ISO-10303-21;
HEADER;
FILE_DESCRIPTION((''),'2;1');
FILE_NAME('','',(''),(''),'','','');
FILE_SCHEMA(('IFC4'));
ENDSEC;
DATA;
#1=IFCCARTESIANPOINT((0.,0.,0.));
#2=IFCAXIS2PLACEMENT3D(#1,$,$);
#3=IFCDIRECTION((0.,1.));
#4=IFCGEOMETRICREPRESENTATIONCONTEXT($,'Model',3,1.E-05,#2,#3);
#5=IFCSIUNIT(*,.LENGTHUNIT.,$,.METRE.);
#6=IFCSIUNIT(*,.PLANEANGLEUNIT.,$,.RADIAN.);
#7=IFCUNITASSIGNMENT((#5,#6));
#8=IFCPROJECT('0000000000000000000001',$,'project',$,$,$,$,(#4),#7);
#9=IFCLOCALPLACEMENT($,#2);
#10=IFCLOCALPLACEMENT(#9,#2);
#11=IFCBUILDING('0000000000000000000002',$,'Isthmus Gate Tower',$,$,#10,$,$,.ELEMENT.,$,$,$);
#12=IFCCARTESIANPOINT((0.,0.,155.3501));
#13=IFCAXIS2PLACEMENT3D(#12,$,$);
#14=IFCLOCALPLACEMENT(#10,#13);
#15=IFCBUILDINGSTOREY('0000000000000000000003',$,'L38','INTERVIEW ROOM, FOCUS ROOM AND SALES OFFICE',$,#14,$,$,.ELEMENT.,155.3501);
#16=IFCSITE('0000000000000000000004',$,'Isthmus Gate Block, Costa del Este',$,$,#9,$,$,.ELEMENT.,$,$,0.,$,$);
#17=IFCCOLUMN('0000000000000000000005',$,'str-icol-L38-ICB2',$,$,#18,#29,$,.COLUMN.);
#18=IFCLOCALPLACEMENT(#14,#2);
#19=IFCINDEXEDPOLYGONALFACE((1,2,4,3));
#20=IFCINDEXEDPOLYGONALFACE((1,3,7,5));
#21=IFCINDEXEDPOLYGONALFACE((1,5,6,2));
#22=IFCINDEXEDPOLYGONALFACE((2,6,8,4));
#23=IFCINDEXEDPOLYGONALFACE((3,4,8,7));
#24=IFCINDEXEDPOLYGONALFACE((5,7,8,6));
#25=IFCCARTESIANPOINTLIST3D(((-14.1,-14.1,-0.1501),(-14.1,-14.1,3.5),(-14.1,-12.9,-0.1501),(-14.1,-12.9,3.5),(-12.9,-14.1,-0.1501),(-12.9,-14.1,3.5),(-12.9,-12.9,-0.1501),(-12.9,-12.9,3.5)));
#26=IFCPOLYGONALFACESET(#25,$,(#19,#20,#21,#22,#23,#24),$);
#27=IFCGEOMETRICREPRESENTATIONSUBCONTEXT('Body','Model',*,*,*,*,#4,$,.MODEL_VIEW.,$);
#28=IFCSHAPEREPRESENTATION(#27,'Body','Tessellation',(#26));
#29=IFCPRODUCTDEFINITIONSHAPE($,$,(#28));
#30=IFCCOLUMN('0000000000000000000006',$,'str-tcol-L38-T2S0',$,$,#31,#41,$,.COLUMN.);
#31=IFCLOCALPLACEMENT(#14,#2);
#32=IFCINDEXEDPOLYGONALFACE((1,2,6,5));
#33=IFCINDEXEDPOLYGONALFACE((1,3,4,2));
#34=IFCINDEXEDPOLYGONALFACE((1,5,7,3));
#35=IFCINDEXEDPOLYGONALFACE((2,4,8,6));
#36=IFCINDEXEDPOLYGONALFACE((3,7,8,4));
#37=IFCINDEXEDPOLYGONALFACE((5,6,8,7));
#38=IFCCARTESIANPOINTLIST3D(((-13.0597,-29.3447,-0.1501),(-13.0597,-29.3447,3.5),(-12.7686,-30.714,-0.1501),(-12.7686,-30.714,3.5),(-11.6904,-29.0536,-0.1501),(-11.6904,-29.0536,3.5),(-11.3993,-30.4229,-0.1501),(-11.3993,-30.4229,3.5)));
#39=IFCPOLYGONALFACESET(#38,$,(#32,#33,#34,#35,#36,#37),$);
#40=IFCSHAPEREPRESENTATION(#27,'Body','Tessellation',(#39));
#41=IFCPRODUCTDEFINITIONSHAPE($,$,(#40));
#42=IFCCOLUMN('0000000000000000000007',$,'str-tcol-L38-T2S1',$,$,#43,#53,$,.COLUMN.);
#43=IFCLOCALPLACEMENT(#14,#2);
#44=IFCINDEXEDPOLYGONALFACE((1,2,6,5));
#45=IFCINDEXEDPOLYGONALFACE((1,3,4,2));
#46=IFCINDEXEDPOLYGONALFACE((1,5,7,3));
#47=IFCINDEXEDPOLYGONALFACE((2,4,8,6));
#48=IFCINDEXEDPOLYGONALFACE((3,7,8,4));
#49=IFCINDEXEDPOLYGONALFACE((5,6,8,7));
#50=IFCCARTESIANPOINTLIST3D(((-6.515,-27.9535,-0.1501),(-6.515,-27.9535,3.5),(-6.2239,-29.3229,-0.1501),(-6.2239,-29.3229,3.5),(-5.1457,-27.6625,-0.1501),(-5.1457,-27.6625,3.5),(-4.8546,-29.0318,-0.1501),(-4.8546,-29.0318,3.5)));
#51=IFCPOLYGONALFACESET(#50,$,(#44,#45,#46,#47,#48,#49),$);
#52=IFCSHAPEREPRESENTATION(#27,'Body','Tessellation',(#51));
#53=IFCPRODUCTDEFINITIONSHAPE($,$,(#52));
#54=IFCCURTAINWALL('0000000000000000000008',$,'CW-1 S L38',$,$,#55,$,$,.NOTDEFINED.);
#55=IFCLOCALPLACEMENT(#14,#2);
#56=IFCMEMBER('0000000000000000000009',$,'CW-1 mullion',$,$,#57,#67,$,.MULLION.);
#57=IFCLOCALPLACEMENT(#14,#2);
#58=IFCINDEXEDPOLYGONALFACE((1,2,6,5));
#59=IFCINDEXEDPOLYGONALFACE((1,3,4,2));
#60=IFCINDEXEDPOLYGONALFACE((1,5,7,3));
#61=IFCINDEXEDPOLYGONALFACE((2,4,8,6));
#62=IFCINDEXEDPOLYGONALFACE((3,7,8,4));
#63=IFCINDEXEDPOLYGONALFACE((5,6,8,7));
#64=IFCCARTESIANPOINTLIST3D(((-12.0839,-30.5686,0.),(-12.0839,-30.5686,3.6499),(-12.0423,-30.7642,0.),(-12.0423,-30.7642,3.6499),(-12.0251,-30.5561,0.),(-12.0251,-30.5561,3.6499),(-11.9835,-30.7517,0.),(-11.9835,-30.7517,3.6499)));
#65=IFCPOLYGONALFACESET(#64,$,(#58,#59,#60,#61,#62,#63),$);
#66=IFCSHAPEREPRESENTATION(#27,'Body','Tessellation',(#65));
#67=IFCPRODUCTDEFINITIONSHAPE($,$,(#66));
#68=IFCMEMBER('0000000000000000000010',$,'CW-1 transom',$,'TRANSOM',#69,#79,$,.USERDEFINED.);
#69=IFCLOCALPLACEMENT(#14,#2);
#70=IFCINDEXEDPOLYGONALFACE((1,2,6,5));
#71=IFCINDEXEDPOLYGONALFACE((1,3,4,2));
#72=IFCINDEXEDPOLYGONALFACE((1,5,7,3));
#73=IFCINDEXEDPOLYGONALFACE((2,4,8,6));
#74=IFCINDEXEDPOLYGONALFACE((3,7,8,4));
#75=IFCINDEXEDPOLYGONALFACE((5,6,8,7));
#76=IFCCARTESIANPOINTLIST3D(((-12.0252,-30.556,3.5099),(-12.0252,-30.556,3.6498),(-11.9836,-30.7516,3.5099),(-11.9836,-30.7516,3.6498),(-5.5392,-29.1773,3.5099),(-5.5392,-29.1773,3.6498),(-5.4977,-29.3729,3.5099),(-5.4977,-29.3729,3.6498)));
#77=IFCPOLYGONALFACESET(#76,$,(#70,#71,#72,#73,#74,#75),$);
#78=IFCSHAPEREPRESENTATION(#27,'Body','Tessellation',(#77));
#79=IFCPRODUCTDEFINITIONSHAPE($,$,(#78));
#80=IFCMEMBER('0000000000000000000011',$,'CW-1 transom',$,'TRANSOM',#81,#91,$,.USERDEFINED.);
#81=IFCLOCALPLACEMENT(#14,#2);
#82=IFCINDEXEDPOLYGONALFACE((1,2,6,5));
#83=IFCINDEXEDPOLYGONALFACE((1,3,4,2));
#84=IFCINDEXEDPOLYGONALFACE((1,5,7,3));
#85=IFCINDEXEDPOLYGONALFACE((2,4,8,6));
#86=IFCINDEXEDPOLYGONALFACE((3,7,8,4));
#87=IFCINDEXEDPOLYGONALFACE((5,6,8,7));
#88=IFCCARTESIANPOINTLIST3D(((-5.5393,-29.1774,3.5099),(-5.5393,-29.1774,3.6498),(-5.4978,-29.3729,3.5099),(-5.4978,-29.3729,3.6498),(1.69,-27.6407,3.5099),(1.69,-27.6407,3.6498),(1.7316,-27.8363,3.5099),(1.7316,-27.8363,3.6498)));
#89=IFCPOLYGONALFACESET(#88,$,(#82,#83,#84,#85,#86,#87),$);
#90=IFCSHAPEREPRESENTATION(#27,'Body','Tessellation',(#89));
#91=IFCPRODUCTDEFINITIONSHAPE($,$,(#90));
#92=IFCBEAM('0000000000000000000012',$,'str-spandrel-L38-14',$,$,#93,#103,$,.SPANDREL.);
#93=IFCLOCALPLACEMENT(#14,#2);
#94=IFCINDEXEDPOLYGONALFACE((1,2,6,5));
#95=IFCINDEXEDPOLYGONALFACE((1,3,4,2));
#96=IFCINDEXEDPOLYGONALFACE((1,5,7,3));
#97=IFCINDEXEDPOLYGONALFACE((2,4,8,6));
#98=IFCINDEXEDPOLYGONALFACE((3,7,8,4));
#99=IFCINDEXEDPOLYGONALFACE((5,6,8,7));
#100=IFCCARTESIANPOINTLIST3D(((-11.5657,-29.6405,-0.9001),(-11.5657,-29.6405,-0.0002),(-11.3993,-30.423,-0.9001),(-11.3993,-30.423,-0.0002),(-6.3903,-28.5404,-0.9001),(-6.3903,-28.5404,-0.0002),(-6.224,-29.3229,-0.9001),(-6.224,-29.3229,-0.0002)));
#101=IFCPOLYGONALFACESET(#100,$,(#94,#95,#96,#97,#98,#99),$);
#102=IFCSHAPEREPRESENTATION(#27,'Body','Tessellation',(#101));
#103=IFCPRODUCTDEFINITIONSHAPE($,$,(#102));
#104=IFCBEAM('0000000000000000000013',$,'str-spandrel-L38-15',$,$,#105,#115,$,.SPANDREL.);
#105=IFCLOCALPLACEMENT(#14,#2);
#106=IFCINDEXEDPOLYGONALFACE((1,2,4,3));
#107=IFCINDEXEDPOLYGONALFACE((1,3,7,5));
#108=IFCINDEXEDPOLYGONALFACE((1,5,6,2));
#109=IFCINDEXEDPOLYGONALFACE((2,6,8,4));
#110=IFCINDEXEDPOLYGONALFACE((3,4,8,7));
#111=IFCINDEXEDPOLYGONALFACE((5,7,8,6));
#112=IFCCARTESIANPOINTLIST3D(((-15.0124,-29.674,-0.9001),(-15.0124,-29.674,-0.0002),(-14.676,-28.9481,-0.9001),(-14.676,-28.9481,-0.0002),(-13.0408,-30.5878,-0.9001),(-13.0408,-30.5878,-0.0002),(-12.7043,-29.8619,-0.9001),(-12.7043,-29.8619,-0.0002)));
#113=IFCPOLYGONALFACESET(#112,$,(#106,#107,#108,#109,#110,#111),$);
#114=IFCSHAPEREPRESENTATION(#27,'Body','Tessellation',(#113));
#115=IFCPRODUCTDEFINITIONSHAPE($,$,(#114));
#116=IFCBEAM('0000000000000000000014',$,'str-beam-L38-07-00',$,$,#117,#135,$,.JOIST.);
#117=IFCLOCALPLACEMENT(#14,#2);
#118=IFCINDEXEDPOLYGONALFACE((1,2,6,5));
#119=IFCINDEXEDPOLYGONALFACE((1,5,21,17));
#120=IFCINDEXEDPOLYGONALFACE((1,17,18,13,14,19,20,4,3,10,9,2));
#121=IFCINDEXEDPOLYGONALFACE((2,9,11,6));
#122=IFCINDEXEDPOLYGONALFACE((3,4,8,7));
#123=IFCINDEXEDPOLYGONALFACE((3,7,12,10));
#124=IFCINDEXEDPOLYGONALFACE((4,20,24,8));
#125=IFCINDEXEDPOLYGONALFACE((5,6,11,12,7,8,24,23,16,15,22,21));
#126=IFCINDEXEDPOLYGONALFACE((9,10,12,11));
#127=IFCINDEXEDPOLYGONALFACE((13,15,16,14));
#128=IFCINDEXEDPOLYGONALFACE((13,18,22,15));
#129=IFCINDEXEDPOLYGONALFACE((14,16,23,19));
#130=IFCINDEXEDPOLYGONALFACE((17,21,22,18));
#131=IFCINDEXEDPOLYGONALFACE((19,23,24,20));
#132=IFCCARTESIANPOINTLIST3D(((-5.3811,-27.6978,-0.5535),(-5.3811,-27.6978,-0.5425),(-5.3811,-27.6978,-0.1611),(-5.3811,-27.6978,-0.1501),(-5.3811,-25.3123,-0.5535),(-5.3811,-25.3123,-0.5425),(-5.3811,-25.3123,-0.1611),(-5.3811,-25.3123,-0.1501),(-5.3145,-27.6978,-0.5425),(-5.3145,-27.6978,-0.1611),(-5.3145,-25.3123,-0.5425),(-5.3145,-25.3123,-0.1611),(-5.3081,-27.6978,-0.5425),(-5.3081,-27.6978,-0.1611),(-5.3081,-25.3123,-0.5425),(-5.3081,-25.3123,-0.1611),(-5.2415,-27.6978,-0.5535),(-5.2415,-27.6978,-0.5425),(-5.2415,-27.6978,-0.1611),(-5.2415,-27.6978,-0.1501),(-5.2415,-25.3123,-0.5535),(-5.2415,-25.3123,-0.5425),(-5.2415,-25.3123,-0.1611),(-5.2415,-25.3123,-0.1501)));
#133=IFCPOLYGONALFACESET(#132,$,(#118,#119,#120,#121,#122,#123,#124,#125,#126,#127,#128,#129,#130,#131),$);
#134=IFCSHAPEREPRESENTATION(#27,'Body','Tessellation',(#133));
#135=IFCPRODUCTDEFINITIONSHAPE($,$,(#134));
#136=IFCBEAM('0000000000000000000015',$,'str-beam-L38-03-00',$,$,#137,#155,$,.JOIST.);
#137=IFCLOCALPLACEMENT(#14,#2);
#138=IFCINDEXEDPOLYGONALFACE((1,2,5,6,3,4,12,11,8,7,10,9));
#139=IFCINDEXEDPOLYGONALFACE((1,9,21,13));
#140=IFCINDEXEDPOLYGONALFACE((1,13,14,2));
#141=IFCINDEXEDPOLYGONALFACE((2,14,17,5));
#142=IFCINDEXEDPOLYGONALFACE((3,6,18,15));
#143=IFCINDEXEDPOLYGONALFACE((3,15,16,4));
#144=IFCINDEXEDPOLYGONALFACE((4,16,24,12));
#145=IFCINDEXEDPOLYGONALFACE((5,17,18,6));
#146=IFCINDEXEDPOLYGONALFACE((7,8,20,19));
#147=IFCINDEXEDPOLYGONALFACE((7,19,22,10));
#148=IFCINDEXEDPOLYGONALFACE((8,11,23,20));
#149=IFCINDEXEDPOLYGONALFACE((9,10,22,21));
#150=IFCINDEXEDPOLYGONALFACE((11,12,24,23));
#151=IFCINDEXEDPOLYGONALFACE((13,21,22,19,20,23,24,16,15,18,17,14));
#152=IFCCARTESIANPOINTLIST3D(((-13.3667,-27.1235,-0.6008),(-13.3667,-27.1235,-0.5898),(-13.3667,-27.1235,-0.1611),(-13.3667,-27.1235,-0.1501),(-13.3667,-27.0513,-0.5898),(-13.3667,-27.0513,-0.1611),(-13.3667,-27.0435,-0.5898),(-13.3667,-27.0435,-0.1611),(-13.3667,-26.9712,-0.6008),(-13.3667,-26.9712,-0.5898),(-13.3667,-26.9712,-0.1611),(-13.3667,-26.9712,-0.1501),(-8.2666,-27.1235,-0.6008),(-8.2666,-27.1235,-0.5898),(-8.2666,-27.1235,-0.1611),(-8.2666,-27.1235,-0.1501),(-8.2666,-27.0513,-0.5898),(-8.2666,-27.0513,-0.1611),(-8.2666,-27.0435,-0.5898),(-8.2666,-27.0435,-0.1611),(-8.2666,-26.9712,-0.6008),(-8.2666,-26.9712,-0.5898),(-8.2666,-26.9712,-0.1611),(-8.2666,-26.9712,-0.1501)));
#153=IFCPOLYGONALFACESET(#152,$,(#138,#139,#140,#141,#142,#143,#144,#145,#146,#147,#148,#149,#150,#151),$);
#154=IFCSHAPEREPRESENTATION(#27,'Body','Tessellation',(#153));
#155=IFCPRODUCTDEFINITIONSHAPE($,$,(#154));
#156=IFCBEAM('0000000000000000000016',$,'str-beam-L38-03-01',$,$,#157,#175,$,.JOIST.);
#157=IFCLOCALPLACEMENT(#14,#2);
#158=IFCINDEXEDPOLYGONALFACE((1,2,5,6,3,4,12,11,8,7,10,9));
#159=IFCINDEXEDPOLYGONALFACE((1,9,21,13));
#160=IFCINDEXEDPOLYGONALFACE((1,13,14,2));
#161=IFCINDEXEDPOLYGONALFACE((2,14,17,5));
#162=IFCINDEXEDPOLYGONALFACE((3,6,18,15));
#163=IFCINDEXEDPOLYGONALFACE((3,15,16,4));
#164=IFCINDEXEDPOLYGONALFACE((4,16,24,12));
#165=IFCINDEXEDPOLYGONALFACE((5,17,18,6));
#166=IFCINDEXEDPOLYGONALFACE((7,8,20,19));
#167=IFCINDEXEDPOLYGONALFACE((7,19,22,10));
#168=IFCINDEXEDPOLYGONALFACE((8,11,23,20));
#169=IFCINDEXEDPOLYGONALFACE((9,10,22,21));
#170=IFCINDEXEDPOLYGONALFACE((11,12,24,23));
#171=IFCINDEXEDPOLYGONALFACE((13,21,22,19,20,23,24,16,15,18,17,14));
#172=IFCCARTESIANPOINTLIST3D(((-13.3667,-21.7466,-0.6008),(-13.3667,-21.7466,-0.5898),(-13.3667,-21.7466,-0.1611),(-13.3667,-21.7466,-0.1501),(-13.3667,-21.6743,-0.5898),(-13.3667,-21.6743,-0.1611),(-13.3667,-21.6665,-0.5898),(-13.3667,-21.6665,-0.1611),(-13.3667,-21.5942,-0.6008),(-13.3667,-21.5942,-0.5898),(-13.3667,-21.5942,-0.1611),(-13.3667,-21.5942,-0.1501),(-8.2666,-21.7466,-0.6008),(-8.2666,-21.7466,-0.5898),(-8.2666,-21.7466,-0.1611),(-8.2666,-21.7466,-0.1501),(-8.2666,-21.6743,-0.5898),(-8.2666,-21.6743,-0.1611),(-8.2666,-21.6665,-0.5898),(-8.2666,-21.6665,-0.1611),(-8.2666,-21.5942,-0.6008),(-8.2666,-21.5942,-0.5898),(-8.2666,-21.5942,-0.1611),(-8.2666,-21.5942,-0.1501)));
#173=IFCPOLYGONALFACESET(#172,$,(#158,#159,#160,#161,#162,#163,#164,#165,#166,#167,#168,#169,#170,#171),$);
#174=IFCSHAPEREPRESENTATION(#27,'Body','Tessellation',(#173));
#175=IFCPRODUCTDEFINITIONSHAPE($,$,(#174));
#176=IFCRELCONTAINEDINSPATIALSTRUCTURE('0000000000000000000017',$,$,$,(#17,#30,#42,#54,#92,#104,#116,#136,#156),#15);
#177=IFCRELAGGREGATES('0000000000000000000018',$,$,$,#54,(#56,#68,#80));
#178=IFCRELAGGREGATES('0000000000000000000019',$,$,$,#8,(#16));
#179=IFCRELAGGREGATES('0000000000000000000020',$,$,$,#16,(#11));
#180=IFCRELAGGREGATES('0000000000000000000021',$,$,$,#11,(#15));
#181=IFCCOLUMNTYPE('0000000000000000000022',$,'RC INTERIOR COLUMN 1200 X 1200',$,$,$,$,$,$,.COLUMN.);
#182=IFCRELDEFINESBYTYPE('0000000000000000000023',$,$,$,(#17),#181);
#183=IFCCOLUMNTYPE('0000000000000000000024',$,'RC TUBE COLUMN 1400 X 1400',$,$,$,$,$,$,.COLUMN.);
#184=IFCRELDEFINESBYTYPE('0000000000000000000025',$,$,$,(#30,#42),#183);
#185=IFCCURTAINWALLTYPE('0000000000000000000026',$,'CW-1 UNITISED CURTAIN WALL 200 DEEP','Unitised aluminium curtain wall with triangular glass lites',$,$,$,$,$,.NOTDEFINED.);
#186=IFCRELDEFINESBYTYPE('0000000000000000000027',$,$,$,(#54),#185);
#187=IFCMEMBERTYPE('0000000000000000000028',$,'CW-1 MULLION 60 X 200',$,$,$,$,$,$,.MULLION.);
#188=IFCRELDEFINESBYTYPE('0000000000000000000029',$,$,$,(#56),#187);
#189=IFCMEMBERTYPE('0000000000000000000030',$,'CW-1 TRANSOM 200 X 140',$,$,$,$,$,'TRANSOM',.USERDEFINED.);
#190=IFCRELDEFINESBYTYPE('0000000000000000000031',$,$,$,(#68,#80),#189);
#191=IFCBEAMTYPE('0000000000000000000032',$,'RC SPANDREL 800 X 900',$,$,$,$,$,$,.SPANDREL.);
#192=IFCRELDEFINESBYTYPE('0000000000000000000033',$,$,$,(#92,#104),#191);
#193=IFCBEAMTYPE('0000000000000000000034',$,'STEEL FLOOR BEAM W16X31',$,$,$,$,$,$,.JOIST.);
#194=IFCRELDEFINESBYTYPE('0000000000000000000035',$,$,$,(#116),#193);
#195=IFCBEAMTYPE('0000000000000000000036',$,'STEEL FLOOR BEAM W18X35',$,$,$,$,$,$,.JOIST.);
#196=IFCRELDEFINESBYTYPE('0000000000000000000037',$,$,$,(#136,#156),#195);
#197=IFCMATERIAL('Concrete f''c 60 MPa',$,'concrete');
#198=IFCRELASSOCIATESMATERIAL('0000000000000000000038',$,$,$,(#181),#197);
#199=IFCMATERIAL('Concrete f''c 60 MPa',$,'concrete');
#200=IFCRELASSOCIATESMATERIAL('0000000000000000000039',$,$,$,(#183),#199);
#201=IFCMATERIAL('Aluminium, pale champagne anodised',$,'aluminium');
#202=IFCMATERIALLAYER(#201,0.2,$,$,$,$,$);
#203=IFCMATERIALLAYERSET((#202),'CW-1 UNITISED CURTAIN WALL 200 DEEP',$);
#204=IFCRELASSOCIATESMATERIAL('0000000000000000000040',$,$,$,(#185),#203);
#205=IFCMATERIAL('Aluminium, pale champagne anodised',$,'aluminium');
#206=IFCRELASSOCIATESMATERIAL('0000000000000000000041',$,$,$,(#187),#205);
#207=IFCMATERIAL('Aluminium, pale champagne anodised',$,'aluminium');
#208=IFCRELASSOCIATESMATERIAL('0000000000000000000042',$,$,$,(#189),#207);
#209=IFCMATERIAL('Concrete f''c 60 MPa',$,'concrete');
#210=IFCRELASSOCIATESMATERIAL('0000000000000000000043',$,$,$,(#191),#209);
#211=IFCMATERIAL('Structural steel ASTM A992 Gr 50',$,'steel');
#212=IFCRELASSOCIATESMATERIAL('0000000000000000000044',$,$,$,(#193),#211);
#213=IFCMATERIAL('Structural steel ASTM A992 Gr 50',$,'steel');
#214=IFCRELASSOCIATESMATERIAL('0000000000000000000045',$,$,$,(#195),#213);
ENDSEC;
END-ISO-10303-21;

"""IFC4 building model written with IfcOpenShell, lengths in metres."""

from ifc_helpers import new_model, si_unit, direction, frame, origin, origin_2d, place, context, subcontext, project, spatial, rectangle, i_section, extrude, material, layer, layer_set, material_profile, profile_set, type_object, element, aggregate, save


model = new_model("IFC4")

# Units and contexts
model_context = context("Model", 3, precision=1e-05, world=origin(), true_north=direction((0.0, 1.0)))
body_context = subcontext(model_context, "Body", "Model", "MODEL_VIEW")
ifc_project = project(units=[si_unit("LENGTHUNIT", "METRE"), si_unit("PLANEANGLEUNIT", "RADIAN")], contexts=[model_context])

# Site, building, storey
site_placement = place(None, origin())
site = spatial("IfcSite", under=ifc_project, at=site_placement, Name="Isthmus Gate Block, Costa del Este", CompositionType="ELEMENT", RefElevation=0.0)
building_placement = place(site_placement, origin())
building = spatial("IfcBuilding", under=site, at=building_placement, Name="Isthmus Gate Tower", CompositionType="ELEMENT")
storey_placement = place(building_placement, frame((0.0, 0.0, 155.3501)))
storey = spatial("IfcBuildingStorey", under=building, at=storey_placement, Name="L38", Description="INTERVIEW ROOM, FOCUS ROOM AND SALES OFFICE", CompositionType="ELEMENT", Elevation=155.3501)

# Columns
ifc_material_1 = material(Name="Concrete f'c 60 MPa", Category="concrete")
ifc_material_profile_1 = material_profile(ifc_material_1, rectangle(XDim=1.2, YDim=1.2, at=origin_2d()), Name="RC 1200X1200")
ifc_profile_set_1 = profile_set([ifc_material_profile_1], Name="Concrete f'c 60 MPa")
column_type_1 = type_object("IfcColumnType", Name="RC INTERIOR COLUMN 1200 X 1200", PredefinedType="COLUMN", material=ifc_profile_set_1)
column_placement = place(storey_placement, frame((-13.5, -13.5, -0.1501), z_axis=(0.0, 0.0, 1.0), x_axis=(1.0, 0.0, 0.0)))
element("IfcColumn", 1, at=column_placement, inside=storey, type_object=column_type_1, Name="str-icol-L38-ICB2", PredefinedType="COLUMN", context=body_context, shape_type="SweptSolid", body=[
    extrude(rectangle(XDim=1.2, YDim=1.2, at=origin_2d()), origin(), (0.0, 0.0, 1.0), 3.6501),
])
ifc_material_2 = material(Name="Concrete f'c 60 MPa", Category="concrete")
ifc_material_profile_2 = material_profile(ifc_material_2, rectangle(XDim=1.3999, YDim=1.3999, at=origin_2d()), Name="RC 1400X1400")
ifc_profile_set_2 = profile_set([ifc_material_profile_2], Name="Concrete f'c 60 MPa")
column_type_2 = type_object("IfcColumnType", Name="RC TUBE COLUMN 1400 X 1400", PredefinedType="COLUMN", material=ifc_profile_set_2)
for number, where, z_axis, x_axis, name in (
    (2, (-12.2295, -29.8838, -0.1501), (0.0, 0.0, 1.0), (0.978148, 0.207912, 0.0), "str-tcol-L38-T2S0"),
    (3, (-5.6848, -28.4927, -0.1501), (0.0, 0.0, 1.0), (0.978148, 0.207912, 0.0), "str-tcol-L38-T2S1"),
):
    element("IfcColumn", number, at=place(storey_placement, frame(where, z_axis=z_axis, x_axis=x_axis)), inside=storey, type_object=column_type_2, Name=name, PredefinedType="COLUMN", context=body_context, shape_type="SweptSolid", body=[
        extrude(rectangle(XDim=1.3999, YDim=1.3999, at=origin_2d()), origin(), (0.0, 0.0, 1.0), 3.6501),
    ])

# Curtain wall, members
ifc_material_3 = material(Name="Aluminium, pale champagne anodised", Category="aluminium")
ifc_layer_1 = layer(ifc_material_3, 0.2)
ifc_layer_set_1 = layer_set([ifc_layer_1], Name="CW-1 UNITISED CURTAIN WALL 200 DEEP")
curtain_wall_type = type_object("IfcCurtainWallType", Name="CW-1 UNITISED CURTAIN WALL 200 DEEP", Description="Unitised aluminium curtain wall with triangular glass lites", PredefinedType="NOTDEFINED", material=ifc_layer_set_1)
curtain_wall_1_placement = place(storey_placement, origin())
curtain_wall_1 = element("IfcCurtainWall", 4, at=curtain_wall_1_placement, inside=storey, type_object=curtain_wall_type, Name="CW-1 S L38", PredefinedType="NOTDEFINED")
ifc_material_4 = material(Name="Aluminium, pale champagne anodised", Category="aluminium")
ifc_material_profile_3 = material_profile(ifc_material_4, rectangle(XDim=0.0601, YDim=0.2, at=origin_2d()), Name="60x200")
ifc_profile_set_3 = profile_set([ifc_material_profile_3], Name="Aluminium, pale champagne anodised")
member_type_1 = type_object("IfcMemberType", Name="CW-1 MULLION 60 X 200", PredefinedType="MULLION", material=ifc_profile_set_3)
member_1_placement = place(storey_placement, frame((-12.0337, -30.6602, 0.0), z_axis=(0.0, 0.0, 1.0), x_axis=(0.978148, 0.207912, 0.0)))
member_1 = element("IfcMember", 5, at=member_1_placement, type_object=member_type_1, Name="CW-1 mullion", PredefinedType="MULLION", context=body_context, shape_type="SweptSolid", body=[
    extrude(rectangle(XDim=0.0601, YDim=0.2, at=origin_2d()), origin(), (0.0, 0.0, 1.0), 3.6499),
])
ifc_material_5 = material(Name="Aluminium, pale champagne anodised", Category="aluminium")
ifc_material_profile_4 = material_profile(ifc_material_5, rectangle(XDim=0.2, YDim=0.1399, at=origin_2d()), Name="200x140")
ifc_profile_set_4 = profile_set([ifc_material_profile_4], Name="Aluminium, pale champagne anodised")
member_type_2 = type_object("IfcMemberType", Name="CW-1 TRANSOM 200 X 140", ElementType="TRANSOM", PredefinedType="USERDEFINED", material=ifc_profile_set_4)
member_2_placement = place(storey_placement, frame((-12.0044, -30.6538, 3.5798), z_axis=(0.978146, 0.20792, 0.0), x_axis=(-0.20792, 0.978146, 0.0)))
member_2 = element("IfcMember", 6, at=member_2_placement, type_object=member_type_2, Name="CW-1 transom", ObjectType="TRANSOM", PredefinedType="USERDEFINED", context=body_context, shape_type="SweptSolid", body=[
    extrude(rectangle(XDim=0.2, YDim=0.1399, at=origin_2d()), origin(), (0.0, 0.0, 1.0), 6.6309),
])
member_3_placement = place(storey_placement, frame((-5.5186, -29.2751, 3.5798), z_axis=(0.978148, 0.207911, 0.0), x_axis=(-0.207911, 0.978148, 0.0)))
member_3 = element("IfcMember", 7, at=member_3_placement, type_object=member_type_2, Name="CW-1 transom", ObjectType="TRANSOM", PredefinedType="USERDEFINED", context=body_context, shape_type="SweptSolid", body=[
    extrude(rectangle(XDim=0.2, YDim=0.1399, at=origin_2d()), origin(), (0.0, 0.0, 1.0), 7.3909),
])

# Beams
ifc_material_6 = material(Name="Concrete f'c 60 MPa", Category="concrete")
ifc_material_profile_5 = material_profile(ifc_material_6, rectangle(XDim=0.8, YDim=0.8999, at=origin_2d()), Name="RC 800X900")
ifc_profile_set_5 = profile_set([ifc_material_profile_5], Name="Concrete f'c 60 MPa")
beam_type_1 = type_object("IfcBeamType", Name="RC SPANDREL 800 X 900", PredefinedType="SPANDREL", material=ifc_profile_set_5)
beam_1_placement = place(storey_placement, frame((-6.3071, -28.9316, -0.4502), z_axis=(-0.978145, -0.207922, 0.0), x_axis=(0.207922, -0.978145, 0.0)))
element("IfcBeam", 8, at=beam_1_placement, inside=storey, type_object=beam_type_1, Name="str-spandrel-L38-14", PredefinedType="SPANDREL", context=body_context, shape_type="SweptSolid", body=[
    extrude(rectangle(XDim=0.8, YDim=0.8999, at=origin_2d()), origin(), (0.0, 0.0, 1.0), 5.291),
])
beam_2_placement = place(storey_placement, frame((-12.8726, -30.2249, -0.4502), z_axis=(-0.907291, 0.420504, 0.0), x_axis=(-0.420504, -0.907291, 0.0)))
element("IfcBeam", 9, at=beam_2_placement, inside=storey, type_object=beam_type_1, Name="str-spandrel-L38-15", PredefinedType="SPANDREL", context=body_context, shape_type="SweptSolid", body=[
    extrude(rectangle(XDim=0.8, YDim=0.8999, at=origin_2d()), origin(), (0.0, 0.0, 1.0), 2.1731),
])
ifc_material_7 = material(Name="Structural steel ASTM A992 Gr 50", Category="steel")
ifc_material_profile_6 = material_profile(ifc_material_7, i_section(OverallWidth=0.1396, OverallDepth=0.4033, WebThickness=0.0063, FlangeThickness=0.011, at=origin_2d()), Name="W16X31")
ifc_profile_set_6 = profile_set([ifc_material_profile_6], Name="Structural steel ASTM A992 Gr 50")
beam_type_2 = type_object("IfcBeamType", Name="STEEL FLOOR BEAM W16X31", PredefinedType="JOIST", material=ifc_profile_set_6)
beam_3_placement = place(storey_placement, frame((-5.3113, -27.6978, -0.3518), z_axis=(0.0, 1.0, 0.0), x_axis=(-1.0, 0.0, 0.0)))
element("IfcBeam", 10, at=beam_3_placement, inside=storey, type_object=beam_type_2, Name="str-beam-L38-07-00", PredefinedType="JOIST", context=body_context, shape_type="SweptSolid", body=[
    extrude(i_section(OverallWidth=0.1396, OverallDepth=0.4033, WebThickness=0.0063, FlangeThickness=0.011, at=origin_2d()), origin(), (0.0, 0.0, 1.0), 2.3855),
])
ifc_material_8 = material(Name="Structural steel ASTM A992 Gr 50", Category="steel")
ifc_material_profile_7 = material_profile(ifc_material_8, i_section(OverallWidth=0.1523, OverallDepth=0.4507, WebThickness=0.0078, FlangeThickness=0.011, at=origin_2d()), Name="W18X35")
ifc_profile_set_7 = profile_set([ifc_material_profile_7], Name="Structural steel ASTM A992 Gr 50")
beam_type_3 = type_object("IfcBeamType", Name="STEEL FLOOR BEAM W18X35", PredefinedType="JOIST", material=ifc_profile_set_7)
for number, where, z_axis, x_axis, name in (
    (11, (-13.3667, -27.0474, -0.3755), (1.0, 0.0, 0.0), (0.0, 1.0, 0.0), "str-beam-L38-03-00"),
    (12, (-13.3667, -21.6704, -0.3755), (1.0, 0.0, 0.0), (0.0, 1.0, 0.0), "str-beam-L38-03-01"),
):
    element("IfcBeam", number, at=place(storey_placement, frame(where, z_axis=z_axis, x_axis=x_axis)), inside=storey, type_object=beam_type_3, Name=name, PredefinedType="JOIST", context=body_context, shape_type="SweptSolid", body=[
        extrude(i_section(OverallWidth=0.1523, OverallDepth=0.4507, WebThickness=0.0078, FlangeThickness=0.011, at=origin_2d()), origin(), (0.0, 0.0, 1.0), 5.1001),
    ])

aggregate(curtain_wall_1, [member_1, member_2, member_3])

save(model, "model.ifc")
